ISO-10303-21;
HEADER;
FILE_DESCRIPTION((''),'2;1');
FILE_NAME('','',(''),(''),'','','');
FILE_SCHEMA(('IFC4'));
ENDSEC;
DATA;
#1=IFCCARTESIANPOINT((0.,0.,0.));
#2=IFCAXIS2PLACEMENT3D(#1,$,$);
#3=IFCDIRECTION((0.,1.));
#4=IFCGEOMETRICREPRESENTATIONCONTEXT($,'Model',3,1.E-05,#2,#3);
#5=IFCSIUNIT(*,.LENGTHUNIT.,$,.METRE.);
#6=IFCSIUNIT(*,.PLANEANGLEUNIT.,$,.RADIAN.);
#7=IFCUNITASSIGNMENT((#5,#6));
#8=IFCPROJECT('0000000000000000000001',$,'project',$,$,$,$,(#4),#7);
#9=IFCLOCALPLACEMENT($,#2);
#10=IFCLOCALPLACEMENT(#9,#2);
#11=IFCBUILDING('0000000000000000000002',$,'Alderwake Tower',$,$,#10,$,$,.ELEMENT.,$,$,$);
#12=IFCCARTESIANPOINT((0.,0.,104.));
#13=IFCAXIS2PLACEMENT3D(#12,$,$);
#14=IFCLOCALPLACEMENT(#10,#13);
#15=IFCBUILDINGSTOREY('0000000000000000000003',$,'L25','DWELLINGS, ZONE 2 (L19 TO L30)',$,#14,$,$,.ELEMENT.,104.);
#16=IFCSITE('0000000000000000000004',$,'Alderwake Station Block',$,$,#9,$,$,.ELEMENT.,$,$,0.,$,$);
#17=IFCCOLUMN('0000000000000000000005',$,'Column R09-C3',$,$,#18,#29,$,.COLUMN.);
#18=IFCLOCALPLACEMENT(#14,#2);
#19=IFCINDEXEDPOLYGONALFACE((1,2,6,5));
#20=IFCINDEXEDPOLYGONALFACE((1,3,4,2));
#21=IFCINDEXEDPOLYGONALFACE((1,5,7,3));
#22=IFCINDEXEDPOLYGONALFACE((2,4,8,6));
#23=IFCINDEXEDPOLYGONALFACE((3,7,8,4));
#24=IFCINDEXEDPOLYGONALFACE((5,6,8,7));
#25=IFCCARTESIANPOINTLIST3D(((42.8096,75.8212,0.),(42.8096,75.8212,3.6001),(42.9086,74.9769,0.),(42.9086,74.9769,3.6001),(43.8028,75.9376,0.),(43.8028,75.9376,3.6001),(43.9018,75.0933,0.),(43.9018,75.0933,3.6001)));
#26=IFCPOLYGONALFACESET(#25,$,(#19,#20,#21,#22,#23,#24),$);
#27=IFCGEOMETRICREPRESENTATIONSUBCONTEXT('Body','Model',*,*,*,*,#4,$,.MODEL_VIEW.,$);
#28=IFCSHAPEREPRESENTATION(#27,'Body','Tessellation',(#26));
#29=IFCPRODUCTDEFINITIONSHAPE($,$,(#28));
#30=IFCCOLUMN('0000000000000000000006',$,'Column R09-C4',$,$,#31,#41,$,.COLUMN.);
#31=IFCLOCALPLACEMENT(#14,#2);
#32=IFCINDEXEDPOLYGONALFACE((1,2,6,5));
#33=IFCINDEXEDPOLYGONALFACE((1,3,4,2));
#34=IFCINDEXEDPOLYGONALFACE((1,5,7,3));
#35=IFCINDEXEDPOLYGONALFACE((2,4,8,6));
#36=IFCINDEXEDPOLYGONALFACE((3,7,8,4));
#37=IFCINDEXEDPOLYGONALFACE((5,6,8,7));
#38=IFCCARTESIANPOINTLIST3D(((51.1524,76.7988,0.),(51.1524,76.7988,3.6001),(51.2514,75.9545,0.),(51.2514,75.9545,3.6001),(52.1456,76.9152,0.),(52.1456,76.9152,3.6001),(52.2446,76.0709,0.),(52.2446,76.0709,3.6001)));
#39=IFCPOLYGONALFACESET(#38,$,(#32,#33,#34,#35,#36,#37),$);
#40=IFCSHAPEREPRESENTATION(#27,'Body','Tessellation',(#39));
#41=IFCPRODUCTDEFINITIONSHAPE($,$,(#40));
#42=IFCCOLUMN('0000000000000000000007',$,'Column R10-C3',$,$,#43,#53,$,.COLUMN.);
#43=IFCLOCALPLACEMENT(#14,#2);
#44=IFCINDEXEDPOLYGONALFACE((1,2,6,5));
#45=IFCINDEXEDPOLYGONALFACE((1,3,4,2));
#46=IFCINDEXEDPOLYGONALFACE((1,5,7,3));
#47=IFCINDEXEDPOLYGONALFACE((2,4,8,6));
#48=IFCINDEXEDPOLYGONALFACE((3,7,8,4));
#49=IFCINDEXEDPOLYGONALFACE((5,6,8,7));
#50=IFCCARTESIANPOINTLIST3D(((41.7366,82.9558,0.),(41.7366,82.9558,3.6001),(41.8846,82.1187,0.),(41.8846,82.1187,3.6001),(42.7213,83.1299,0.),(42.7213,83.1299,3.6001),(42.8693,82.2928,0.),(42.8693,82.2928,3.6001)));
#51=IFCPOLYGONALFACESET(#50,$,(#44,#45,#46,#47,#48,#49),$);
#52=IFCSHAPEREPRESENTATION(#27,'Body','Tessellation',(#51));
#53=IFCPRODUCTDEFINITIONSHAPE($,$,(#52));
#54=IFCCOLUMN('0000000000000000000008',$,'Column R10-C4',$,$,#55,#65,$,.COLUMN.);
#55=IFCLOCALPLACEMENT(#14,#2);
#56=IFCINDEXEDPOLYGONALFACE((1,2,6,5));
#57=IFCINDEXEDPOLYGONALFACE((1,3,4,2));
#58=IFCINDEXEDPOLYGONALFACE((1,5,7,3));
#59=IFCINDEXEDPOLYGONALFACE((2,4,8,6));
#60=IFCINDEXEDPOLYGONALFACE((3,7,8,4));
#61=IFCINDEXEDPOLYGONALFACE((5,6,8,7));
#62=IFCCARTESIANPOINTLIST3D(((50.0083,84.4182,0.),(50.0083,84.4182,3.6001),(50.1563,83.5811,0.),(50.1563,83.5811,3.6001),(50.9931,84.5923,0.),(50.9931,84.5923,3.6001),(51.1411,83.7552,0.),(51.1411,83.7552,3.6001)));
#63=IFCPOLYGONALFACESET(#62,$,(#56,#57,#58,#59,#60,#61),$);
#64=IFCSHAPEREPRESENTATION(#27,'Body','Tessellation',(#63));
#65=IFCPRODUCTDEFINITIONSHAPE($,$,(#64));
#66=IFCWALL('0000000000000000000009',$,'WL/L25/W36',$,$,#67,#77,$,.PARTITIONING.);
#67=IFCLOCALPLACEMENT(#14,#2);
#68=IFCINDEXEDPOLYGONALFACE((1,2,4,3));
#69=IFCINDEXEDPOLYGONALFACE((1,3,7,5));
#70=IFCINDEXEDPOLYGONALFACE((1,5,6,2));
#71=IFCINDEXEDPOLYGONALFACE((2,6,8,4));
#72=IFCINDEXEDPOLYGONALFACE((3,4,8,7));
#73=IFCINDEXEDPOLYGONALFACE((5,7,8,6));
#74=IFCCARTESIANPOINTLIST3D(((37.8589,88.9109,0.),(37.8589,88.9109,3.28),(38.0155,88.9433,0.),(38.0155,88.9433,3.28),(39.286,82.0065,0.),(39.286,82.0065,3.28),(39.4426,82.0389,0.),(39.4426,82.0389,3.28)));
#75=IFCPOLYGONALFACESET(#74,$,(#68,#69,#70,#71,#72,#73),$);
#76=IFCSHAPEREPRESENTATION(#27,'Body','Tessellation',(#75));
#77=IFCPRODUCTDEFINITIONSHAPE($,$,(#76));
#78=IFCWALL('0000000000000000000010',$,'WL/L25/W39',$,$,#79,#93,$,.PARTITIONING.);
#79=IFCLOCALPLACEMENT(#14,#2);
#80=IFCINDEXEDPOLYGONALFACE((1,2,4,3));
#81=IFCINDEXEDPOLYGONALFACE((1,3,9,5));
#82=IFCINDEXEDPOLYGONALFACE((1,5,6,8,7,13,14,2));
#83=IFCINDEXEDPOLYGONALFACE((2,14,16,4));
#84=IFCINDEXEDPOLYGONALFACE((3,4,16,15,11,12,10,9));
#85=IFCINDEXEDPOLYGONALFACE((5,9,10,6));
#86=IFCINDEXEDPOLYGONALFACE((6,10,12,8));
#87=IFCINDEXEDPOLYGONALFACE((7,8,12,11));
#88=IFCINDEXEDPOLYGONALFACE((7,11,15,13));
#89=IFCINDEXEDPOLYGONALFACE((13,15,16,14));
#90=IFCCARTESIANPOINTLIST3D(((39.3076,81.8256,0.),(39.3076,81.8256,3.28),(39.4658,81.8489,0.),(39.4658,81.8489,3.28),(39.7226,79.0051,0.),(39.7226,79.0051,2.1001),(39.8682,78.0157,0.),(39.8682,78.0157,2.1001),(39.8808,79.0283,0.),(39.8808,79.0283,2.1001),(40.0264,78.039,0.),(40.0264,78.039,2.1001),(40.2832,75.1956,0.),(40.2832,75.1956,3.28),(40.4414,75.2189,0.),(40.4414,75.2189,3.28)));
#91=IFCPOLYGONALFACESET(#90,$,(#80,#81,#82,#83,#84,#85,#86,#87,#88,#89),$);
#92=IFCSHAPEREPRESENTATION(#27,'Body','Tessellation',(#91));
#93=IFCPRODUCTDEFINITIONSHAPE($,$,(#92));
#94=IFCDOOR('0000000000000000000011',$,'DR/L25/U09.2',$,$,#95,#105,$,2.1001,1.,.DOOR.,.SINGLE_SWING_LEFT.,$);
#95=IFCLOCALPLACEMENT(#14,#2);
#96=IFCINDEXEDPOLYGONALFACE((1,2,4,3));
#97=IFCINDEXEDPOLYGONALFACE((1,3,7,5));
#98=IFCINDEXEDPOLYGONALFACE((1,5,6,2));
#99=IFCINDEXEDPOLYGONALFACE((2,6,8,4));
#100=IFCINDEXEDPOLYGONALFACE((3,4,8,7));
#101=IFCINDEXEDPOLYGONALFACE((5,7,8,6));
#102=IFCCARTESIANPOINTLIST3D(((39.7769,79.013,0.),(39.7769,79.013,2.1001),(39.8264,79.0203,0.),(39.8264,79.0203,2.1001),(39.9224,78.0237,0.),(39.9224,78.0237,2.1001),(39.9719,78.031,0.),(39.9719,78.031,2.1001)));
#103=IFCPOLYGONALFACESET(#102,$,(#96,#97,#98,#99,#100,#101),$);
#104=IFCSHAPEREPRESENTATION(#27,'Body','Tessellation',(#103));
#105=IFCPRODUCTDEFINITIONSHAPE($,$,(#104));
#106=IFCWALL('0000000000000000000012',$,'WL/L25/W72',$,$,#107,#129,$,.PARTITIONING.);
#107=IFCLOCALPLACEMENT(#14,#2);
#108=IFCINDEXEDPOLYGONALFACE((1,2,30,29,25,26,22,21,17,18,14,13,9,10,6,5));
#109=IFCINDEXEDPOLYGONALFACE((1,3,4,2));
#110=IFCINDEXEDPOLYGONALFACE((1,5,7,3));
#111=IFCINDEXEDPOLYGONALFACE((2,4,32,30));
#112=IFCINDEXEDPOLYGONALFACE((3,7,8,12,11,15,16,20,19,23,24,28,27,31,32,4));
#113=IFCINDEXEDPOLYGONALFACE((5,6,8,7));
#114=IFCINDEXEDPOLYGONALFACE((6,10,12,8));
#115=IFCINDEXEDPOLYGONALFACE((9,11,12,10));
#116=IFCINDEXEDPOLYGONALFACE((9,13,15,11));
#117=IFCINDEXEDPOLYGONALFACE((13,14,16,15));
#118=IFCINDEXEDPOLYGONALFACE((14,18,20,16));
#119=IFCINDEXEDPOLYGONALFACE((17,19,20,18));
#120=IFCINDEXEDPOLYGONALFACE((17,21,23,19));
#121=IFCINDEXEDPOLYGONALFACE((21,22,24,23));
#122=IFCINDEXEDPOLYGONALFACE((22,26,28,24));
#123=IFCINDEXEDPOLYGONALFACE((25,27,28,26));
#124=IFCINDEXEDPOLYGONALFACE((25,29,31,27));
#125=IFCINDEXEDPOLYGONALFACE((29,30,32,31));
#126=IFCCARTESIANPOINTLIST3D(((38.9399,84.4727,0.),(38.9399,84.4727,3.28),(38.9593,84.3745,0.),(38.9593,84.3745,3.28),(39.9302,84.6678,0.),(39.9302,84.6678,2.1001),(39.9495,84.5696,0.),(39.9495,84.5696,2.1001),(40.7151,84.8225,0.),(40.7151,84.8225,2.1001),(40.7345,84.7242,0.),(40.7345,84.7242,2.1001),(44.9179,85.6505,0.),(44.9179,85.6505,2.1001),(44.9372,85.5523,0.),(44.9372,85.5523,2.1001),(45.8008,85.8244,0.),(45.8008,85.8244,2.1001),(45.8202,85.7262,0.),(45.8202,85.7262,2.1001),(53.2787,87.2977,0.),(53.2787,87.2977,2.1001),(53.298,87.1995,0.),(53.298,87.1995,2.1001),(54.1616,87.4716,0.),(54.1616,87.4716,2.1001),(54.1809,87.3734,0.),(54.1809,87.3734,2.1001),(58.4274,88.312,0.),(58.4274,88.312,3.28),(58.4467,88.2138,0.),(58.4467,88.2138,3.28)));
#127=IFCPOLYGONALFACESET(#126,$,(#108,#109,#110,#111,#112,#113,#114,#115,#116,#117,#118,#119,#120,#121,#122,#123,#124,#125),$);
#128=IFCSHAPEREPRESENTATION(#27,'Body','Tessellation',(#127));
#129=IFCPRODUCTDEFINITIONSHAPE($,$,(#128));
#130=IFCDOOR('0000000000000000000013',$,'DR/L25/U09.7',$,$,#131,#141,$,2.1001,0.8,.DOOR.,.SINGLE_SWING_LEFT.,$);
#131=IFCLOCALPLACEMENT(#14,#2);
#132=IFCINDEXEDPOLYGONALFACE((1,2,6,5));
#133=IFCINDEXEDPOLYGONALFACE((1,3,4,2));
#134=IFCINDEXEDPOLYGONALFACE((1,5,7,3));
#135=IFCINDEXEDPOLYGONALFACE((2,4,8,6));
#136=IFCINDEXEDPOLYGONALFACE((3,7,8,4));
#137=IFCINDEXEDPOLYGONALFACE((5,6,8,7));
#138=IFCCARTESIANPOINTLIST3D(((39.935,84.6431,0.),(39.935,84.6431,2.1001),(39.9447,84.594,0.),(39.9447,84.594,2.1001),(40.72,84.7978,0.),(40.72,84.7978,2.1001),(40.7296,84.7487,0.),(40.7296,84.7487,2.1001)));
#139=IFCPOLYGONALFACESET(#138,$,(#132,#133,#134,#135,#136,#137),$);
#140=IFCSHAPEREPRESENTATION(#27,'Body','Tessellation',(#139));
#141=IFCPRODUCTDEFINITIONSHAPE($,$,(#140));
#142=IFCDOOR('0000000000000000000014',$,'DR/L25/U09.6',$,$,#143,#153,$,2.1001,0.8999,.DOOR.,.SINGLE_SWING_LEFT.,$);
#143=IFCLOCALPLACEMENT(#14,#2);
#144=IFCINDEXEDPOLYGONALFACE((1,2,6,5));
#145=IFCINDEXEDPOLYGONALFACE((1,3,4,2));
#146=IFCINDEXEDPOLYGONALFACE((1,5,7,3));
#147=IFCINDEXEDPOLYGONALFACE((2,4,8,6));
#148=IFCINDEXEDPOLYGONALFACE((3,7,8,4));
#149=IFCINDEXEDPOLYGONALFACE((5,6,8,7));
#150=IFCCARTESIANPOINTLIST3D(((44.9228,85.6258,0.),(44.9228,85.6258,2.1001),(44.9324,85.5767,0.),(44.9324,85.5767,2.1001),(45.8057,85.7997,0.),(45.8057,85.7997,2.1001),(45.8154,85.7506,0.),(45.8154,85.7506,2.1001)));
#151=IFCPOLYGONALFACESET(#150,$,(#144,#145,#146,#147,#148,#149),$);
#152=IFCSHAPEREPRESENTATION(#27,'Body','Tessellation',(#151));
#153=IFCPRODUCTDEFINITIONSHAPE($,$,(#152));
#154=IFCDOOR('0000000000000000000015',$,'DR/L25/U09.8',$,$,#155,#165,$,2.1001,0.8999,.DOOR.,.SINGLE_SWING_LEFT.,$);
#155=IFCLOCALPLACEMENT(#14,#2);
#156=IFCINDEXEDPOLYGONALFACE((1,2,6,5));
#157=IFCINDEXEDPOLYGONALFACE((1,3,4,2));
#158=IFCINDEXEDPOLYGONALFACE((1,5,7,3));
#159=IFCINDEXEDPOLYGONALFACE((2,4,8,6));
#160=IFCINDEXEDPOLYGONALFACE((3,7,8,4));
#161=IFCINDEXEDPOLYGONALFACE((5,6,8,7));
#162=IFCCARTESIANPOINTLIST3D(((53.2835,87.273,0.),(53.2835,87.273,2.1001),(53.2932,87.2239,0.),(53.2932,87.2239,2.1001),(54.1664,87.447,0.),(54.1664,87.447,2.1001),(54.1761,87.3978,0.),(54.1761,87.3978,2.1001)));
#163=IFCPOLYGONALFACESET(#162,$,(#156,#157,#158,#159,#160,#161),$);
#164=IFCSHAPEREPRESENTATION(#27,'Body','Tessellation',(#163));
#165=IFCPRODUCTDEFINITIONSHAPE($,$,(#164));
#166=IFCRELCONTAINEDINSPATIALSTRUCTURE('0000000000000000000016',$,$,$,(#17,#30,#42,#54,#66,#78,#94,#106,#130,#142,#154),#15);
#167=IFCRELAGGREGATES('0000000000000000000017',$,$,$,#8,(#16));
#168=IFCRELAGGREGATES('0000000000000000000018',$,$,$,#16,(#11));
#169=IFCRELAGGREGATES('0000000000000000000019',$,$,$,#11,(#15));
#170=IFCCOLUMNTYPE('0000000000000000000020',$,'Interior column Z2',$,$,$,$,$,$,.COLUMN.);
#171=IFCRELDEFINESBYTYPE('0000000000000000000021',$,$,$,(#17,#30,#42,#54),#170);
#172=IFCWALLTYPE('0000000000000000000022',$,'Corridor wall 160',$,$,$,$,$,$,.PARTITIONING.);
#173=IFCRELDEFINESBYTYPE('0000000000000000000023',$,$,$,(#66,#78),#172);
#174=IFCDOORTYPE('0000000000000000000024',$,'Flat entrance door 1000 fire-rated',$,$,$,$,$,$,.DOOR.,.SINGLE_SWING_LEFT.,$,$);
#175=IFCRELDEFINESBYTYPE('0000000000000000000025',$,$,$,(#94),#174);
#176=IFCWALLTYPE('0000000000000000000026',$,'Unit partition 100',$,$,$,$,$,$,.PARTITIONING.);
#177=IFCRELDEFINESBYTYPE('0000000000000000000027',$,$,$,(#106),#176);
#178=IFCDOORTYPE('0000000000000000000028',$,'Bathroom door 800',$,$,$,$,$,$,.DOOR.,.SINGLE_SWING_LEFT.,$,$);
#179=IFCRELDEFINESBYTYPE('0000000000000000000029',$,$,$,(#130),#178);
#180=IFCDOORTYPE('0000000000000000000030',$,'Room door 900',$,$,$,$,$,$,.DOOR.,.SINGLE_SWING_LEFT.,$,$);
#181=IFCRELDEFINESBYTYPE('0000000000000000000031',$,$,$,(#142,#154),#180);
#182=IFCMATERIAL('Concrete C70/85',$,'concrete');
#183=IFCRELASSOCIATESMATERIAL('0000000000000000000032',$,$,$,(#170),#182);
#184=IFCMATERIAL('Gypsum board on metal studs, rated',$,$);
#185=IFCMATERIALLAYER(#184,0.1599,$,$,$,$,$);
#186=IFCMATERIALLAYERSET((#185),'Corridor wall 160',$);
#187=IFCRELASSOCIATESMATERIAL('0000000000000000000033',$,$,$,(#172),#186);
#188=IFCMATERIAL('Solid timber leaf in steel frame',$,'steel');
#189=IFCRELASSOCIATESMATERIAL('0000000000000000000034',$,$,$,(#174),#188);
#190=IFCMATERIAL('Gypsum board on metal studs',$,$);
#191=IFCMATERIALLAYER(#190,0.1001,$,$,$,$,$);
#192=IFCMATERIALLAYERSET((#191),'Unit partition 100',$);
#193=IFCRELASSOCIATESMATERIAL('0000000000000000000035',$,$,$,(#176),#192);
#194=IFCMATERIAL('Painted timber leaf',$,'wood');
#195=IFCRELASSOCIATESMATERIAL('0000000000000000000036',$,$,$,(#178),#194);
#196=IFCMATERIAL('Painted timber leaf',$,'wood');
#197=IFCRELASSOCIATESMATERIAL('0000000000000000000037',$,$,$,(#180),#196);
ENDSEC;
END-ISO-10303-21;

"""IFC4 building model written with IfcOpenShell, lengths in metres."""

from ifc_helpers import new_model, si_unit, direction, frame, frame_2d, origin, origin_2d, place, context, subcontext, project, spatial, rectangle, extrude, material, layer, layer_set, material_profile, profile_set, type_object, element, fill, save


model = new_model("IFC4")

# Units and contexts
model_context = context("Model", 3, precision=1e-05, world=origin(), true_north=direction((0.0, 1.0)))
body_context = subcontext(model_context, "Body", "Model", "MODEL_VIEW")
ifc_project = project(units=[si_unit("LENGTHUNIT", "METRE"), si_unit("PLANEANGLEUNIT", "RADIAN")], contexts=[model_context])

# Site, building, storey
site_placement = place(None, origin())
site = spatial("IfcSite", under=ifc_project, at=site_placement, Name="Alderwake Station Block", CompositionType="ELEMENT", RefElevation=0.0)
building_placement = place(site_placement, origin())
building = spatial("IfcBuilding", under=site, at=building_placement, Name="Alderwake Tower", CompositionType="ELEMENT")
storey_placement = place(building_placement, frame((0.0, 0.0, 104.0)))
storey = spatial("IfcBuildingStorey", under=building, at=storey_placement, Name="L25", Description="DWELLINGS, ZONE 2 (L19 TO L30)", CompositionType="ELEMENT", Elevation=104.0)

# Columns
ifc_material_1 = material(Name="Concrete C70/85", Category="concrete")
ifc_material_profile = material_profile(ifc_material_1, rectangle(XDim=0.8501, YDim=1.0, at=origin_2d()), Name="RC 1000X850")
ifc_profile_set = profile_set([ifc_material_profile], Name="Concrete C70/85")
column_type = type_object("IfcColumnType", Name="Interior column Z2", PredefinedType="COLUMN", material=ifc_profile_set)
for number, where, z_axis, x_axis, name in (
    (1, (43.3557, 75.4573, 0.0), (0.0, 0.0, 1.0), (-0.116402, 0.993202, 0.0), "Column R09-C3"),
    (2, (51.6985, 76.4348, 0.0), (0.0, 0.0, 1.0), (-0.116402, 0.993202, 0.0), "Column R09-C4"),
    (3, (42.303, 82.6243, 0.0), (0.0, 0.0, 1.0), (-0.174109, 0.984726, 0.0), "Column R10-C3"),
    (4, (50.5747, 84.0867, 0.0), (0.0, 0.0, 1.0), (-0.174107, 0.984727, 0.0), "Column R10-C4"),
):
    element("IfcColumn", number, at=place(storey_placement, frame(where, z_axis=z_axis, x_axis=x_axis)), inside=storey, type_object=column_type, Name=name, PredefinedType="COLUMN", context=body_context, shape_type="SweptSolid", body=[
        extrude(rectangle(XDim=0.8501, YDim=1.0, at=origin_2d()), origin(), (0.0, 0.0, 1.0), 3.6001),
    ])

# Wall
ifc_material_2 = material(Name="Gypsum board on metal studs, rated")
ifc_layer_1 = layer(ifc_material_2, 0.1599)
ifc_layer_set_1 = layer_set([ifc_layer_1], Name="Corridor wall 160")
wall_type_1 = type_object("IfcWallType", Name="Corridor wall 160", PredefinedType="PARTITIONING", material=ifc_layer_set_1)
wall_1_placement = place(storey_placement, frame((39.3643, 82.0227, 0.0), z_axis=(0.0, 0.0, 1.0), x_axis=(-0.202405, 0.979302, 0.0)))
element("IfcWall", 5, at=wall_1_placement, inside=storey, type_object=wall_type_1, Name="WL/L25/W36", PredefinedType="PARTITIONING", context=body_context, shape_type="SweptSolid", body=[
    extrude(rectangle(XDim=7.0503, YDim=0.1599, at=frame_2d((3.5251, 0.0))), origin(), (0.0, 0.0, 1.0), 3.28),
])

# Wall, opening, door
wall_2_placement = place(storey_placement, frame((39.3867, 81.8372, 0.0), z_axis=(0.0, 0.0, 1.0), x_axis=(0.145577, -0.989347, 0.0)))
wall_2 = element("IfcWall", 6, at=wall_2_placement, inside=storey, type_object=wall_type_1, Name="WL/L25/W39", PredefinedType="PARTITIONING", context=body_context, shape_type="SweptSolid", body=[
    extrude(rectangle(XDim=6.7014, YDim=0.1599, at=frame_2d((3.3506, 0.0))), origin(), (0.0, 0.0, 1.0), 3.28),
])
opening_1_placement = place(wall_2_placement, frame((2.8508, 0.0, 0.0)))
opening_1 = element("IfcOpeningElement", 7, at=opening_1_placement, cuts=wall_2, PredefinedType="OPENING", context=body_context, shape_type="SweptSolid", body=[
    extrude(rectangle(XDim=1.0, YDim=2.1001, at=frame_2d((0.5, 1.05))), frame((0.0, 0.0898, 0.0), z_axis=(0.0, -1.0, 0.0), x_axis=(1.0, 0.0, 0.0)), (0.0, 0.0, 1.0), 0.1799),
])
ifc_material_3 = material(Name="Solid timber leaf in steel frame", Category="steel")
door_type_1 = type_object("IfcDoorType", Name="Flat entrance door 1000 fire-rated", OperationType="SINGLE_SWING_LEFT", PredefinedType="DOOR", material=ifc_material_3)
door_1_placement = place(opening_1_placement, origin())
door_1 = element("IfcDoor", 8, at=door_1_placement, inside=storey, type_object=door_type_1, Name="DR/L25/U09.2", OperationType="SINGLE_SWING_LEFT", OverallHeight=2.1001, OverallWidth=1.0, PredefinedType="DOOR", context=body_context, shape_type="SweptSolid", body=[
    extrude(rectangle(XDim=1.0, YDim=2.1001, at=frame_2d((0.5, 1.05))), frame((0.0, 0.0249, 0.0), z_axis=(0.0, -1.0, 0.0), x_axis=(1.0, 0.0, 0.0)), (0.0, 0.0, 1.0), 0.05),
])
fill(opening_1, door_1)

# Wall, openings, doors
ifc_material_4 = material(Name="Gypsum board on metal studs")
ifc_layer_2 = layer(ifc_material_4, 0.1001)
ifc_layer_set_2 = layer_set([ifc_layer_2], Name="Unit partition 100")
wall_type_2 = type_object("IfcWallType", Name="Unit partition 100", PredefinedType="PARTITIONING", material=ifc_layer_set_2)
wall_3_placement = place(storey_placement, frame((38.9495, 84.4236, 0.0), z_axis=(0.0, 0.0, 1.0), x_axis=(0.98114, 0.1933, 0.0)))
wall_3 = element("IfcWall", 9, at=wall_3_placement, inside=storey, type_object=wall_type_2, Name="WL/L25/W72", PredefinedType="PARTITIONING", context=body_context, shape_type="SweptSolid", body=[
    extrude(rectangle(XDim=19.8621, YDim=0.1001, at=frame_2d((9.9312, 0.0))), origin(), (0.0, 0.0, 1.0), 3.28),
])
opening_2_placement = place(wall_3_placement, frame((6.093, 0.0, 0.0)))
opening_2 = element("IfcOpeningElement", 10, at=opening_2_placement, cuts=wall_3, PredefinedType="OPENING", context=body_context, shape_type="SweptSolid", body=[
    extrude(rectangle(XDim=0.8999, YDim=2.1001, at=frame_2d((0.45, 1.05))), frame((0.0, 0.0601, 0.0), z_axis=(0.0, -1.0, 0.0), x_axis=(1.0, 0.0, 0.0)), (0.0, 0.0, 1.0), 0.1201),
])
opening_3_placement = place(wall_3_placement, frame((1.0095, 0.0, 0.0)))
opening_3 = element("IfcOpeningElement", 11, at=opening_3_placement, cuts=wall_3, PredefinedType="OPENING", context=body_context, shape_type="SweptSolid", body=[
    extrude(rectangle(XDim=0.8, YDim=2.1001, at=frame_2d((0.3999, 1.05))), frame((0.0, 0.0601, 0.0), z_axis=(0.0, -1.0, 0.0), x_axis=(1.0, 0.0, 0.0)), (0.0, 0.0, 1.0), 0.1201),
])
opening_4_placement = place(wall_3_placement, frame((14.6145, 0.0, 0.0)))
opening_4 = element("IfcOpeningElement", 12, at=opening_4_placement, cuts=wall_3, PredefinedType="OPENING", context=body_context, shape_type="SweptSolid", body=[
    extrude(rectangle(XDim=0.8999, YDim=2.1001, at=frame_2d((0.45, 1.05))), frame((0.0, 0.0601, 0.0), z_axis=(0.0, -1.0, 0.0), x_axis=(1.0, 0.0, 0.0)), (0.0, 0.0, 1.0), 0.1201),
])
ifc_material_5 = material(Name="Painted timber leaf", Category="wood")
door_type_2 = type_object("IfcDoorType", Name="Bathroom door 800", OperationType="SINGLE_SWING_LEFT", PredefinedType="DOOR", material=ifc_material_5)
door_2_placement = place(opening_3_placement, origin())
door_2 = element("IfcDoor", 13, at=door_2_placement, inside=storey, type_object=door_type_2, Name="DR/L25/U09.7", OperationType="SINGLE_SWING_LEFT", OverallHeight=2.1001, OverallWidth=0.8, PredefinedType="DOOR", context=body_context, shape_type="SweptSolid", body=[
    extrude(rectangle(XDim=0.8, YDim=2.1001, at=frame_2d((0.3999, 1.05))), frame((0.0, 0.0249, 0.0), z_axis=(0.0, -1.0, 0.0), x_axis=(1.0, 0.0, 0.0)), (0.0, 0.0, 1.0), 0.05),
])
fill(opening_3, door_2)
ifc_material_6 = material(Name="Painted timber leaf", Category="wood")
door_type_3 = type_object("IfcDoorType", Name="Room door 900", OperationType="SINGLE_SWING_LEFT", PredefinedType="DOOR", material=ifc_material_6)
door_3_placement = place(opening_2_placement, origin())
door_3 = element("IfcDoor", 14, at=door_3_placement, inside=storey, type_object=door_type_3, Name="DR/L25/U09.6", OperationType="SINGLE_SWING_LEFT", OverallHeight=2.1001, OverallWidth=0.8999, PredefinedType="DOOR", context=body_context, shape_type="SweptSolid", body=[
    extrude(rectangle(XDim=0.8999, YDim=2.1001, at=frame_2d((0.45, 1.05))), frame((0.0, 0.0249, 0.0), z_axis=(0.0, -1.0, 0.0), x_axis=(1.0, 0.0, 0.0)), (0.0, 0.0, 1.0), 0.05),
])
fill(opening_2, door_3)
door_4_placement = place(opening_4_placement, origin())
door_4 = element("IfcDoor", 15, at=door_4_placement, inside=storey, type_object=door_type_3, Name="DR/L25/U09.8", OperationType="SINGLE_SWING_LEFT", OverallHeight=2.1001, OverallWidth=0.8999, PredefinedType="DOOR", context=body_context, shape_type="SweptSolid", body=[
    extrude(rectangle(XDim=0.8999, YDim=2.1001, at=frame_2d((0.45, 1.05))), frame((0.0, 0.0249, 0.0), z_axis=(0.0, -1.0, 0.0), x_axis=(1.0, 0.0, 0.0)), (0.0, 0.0, 1.0), 0.05),
])
fill(opening_4, door_4)

save(model, "model.ifc")
